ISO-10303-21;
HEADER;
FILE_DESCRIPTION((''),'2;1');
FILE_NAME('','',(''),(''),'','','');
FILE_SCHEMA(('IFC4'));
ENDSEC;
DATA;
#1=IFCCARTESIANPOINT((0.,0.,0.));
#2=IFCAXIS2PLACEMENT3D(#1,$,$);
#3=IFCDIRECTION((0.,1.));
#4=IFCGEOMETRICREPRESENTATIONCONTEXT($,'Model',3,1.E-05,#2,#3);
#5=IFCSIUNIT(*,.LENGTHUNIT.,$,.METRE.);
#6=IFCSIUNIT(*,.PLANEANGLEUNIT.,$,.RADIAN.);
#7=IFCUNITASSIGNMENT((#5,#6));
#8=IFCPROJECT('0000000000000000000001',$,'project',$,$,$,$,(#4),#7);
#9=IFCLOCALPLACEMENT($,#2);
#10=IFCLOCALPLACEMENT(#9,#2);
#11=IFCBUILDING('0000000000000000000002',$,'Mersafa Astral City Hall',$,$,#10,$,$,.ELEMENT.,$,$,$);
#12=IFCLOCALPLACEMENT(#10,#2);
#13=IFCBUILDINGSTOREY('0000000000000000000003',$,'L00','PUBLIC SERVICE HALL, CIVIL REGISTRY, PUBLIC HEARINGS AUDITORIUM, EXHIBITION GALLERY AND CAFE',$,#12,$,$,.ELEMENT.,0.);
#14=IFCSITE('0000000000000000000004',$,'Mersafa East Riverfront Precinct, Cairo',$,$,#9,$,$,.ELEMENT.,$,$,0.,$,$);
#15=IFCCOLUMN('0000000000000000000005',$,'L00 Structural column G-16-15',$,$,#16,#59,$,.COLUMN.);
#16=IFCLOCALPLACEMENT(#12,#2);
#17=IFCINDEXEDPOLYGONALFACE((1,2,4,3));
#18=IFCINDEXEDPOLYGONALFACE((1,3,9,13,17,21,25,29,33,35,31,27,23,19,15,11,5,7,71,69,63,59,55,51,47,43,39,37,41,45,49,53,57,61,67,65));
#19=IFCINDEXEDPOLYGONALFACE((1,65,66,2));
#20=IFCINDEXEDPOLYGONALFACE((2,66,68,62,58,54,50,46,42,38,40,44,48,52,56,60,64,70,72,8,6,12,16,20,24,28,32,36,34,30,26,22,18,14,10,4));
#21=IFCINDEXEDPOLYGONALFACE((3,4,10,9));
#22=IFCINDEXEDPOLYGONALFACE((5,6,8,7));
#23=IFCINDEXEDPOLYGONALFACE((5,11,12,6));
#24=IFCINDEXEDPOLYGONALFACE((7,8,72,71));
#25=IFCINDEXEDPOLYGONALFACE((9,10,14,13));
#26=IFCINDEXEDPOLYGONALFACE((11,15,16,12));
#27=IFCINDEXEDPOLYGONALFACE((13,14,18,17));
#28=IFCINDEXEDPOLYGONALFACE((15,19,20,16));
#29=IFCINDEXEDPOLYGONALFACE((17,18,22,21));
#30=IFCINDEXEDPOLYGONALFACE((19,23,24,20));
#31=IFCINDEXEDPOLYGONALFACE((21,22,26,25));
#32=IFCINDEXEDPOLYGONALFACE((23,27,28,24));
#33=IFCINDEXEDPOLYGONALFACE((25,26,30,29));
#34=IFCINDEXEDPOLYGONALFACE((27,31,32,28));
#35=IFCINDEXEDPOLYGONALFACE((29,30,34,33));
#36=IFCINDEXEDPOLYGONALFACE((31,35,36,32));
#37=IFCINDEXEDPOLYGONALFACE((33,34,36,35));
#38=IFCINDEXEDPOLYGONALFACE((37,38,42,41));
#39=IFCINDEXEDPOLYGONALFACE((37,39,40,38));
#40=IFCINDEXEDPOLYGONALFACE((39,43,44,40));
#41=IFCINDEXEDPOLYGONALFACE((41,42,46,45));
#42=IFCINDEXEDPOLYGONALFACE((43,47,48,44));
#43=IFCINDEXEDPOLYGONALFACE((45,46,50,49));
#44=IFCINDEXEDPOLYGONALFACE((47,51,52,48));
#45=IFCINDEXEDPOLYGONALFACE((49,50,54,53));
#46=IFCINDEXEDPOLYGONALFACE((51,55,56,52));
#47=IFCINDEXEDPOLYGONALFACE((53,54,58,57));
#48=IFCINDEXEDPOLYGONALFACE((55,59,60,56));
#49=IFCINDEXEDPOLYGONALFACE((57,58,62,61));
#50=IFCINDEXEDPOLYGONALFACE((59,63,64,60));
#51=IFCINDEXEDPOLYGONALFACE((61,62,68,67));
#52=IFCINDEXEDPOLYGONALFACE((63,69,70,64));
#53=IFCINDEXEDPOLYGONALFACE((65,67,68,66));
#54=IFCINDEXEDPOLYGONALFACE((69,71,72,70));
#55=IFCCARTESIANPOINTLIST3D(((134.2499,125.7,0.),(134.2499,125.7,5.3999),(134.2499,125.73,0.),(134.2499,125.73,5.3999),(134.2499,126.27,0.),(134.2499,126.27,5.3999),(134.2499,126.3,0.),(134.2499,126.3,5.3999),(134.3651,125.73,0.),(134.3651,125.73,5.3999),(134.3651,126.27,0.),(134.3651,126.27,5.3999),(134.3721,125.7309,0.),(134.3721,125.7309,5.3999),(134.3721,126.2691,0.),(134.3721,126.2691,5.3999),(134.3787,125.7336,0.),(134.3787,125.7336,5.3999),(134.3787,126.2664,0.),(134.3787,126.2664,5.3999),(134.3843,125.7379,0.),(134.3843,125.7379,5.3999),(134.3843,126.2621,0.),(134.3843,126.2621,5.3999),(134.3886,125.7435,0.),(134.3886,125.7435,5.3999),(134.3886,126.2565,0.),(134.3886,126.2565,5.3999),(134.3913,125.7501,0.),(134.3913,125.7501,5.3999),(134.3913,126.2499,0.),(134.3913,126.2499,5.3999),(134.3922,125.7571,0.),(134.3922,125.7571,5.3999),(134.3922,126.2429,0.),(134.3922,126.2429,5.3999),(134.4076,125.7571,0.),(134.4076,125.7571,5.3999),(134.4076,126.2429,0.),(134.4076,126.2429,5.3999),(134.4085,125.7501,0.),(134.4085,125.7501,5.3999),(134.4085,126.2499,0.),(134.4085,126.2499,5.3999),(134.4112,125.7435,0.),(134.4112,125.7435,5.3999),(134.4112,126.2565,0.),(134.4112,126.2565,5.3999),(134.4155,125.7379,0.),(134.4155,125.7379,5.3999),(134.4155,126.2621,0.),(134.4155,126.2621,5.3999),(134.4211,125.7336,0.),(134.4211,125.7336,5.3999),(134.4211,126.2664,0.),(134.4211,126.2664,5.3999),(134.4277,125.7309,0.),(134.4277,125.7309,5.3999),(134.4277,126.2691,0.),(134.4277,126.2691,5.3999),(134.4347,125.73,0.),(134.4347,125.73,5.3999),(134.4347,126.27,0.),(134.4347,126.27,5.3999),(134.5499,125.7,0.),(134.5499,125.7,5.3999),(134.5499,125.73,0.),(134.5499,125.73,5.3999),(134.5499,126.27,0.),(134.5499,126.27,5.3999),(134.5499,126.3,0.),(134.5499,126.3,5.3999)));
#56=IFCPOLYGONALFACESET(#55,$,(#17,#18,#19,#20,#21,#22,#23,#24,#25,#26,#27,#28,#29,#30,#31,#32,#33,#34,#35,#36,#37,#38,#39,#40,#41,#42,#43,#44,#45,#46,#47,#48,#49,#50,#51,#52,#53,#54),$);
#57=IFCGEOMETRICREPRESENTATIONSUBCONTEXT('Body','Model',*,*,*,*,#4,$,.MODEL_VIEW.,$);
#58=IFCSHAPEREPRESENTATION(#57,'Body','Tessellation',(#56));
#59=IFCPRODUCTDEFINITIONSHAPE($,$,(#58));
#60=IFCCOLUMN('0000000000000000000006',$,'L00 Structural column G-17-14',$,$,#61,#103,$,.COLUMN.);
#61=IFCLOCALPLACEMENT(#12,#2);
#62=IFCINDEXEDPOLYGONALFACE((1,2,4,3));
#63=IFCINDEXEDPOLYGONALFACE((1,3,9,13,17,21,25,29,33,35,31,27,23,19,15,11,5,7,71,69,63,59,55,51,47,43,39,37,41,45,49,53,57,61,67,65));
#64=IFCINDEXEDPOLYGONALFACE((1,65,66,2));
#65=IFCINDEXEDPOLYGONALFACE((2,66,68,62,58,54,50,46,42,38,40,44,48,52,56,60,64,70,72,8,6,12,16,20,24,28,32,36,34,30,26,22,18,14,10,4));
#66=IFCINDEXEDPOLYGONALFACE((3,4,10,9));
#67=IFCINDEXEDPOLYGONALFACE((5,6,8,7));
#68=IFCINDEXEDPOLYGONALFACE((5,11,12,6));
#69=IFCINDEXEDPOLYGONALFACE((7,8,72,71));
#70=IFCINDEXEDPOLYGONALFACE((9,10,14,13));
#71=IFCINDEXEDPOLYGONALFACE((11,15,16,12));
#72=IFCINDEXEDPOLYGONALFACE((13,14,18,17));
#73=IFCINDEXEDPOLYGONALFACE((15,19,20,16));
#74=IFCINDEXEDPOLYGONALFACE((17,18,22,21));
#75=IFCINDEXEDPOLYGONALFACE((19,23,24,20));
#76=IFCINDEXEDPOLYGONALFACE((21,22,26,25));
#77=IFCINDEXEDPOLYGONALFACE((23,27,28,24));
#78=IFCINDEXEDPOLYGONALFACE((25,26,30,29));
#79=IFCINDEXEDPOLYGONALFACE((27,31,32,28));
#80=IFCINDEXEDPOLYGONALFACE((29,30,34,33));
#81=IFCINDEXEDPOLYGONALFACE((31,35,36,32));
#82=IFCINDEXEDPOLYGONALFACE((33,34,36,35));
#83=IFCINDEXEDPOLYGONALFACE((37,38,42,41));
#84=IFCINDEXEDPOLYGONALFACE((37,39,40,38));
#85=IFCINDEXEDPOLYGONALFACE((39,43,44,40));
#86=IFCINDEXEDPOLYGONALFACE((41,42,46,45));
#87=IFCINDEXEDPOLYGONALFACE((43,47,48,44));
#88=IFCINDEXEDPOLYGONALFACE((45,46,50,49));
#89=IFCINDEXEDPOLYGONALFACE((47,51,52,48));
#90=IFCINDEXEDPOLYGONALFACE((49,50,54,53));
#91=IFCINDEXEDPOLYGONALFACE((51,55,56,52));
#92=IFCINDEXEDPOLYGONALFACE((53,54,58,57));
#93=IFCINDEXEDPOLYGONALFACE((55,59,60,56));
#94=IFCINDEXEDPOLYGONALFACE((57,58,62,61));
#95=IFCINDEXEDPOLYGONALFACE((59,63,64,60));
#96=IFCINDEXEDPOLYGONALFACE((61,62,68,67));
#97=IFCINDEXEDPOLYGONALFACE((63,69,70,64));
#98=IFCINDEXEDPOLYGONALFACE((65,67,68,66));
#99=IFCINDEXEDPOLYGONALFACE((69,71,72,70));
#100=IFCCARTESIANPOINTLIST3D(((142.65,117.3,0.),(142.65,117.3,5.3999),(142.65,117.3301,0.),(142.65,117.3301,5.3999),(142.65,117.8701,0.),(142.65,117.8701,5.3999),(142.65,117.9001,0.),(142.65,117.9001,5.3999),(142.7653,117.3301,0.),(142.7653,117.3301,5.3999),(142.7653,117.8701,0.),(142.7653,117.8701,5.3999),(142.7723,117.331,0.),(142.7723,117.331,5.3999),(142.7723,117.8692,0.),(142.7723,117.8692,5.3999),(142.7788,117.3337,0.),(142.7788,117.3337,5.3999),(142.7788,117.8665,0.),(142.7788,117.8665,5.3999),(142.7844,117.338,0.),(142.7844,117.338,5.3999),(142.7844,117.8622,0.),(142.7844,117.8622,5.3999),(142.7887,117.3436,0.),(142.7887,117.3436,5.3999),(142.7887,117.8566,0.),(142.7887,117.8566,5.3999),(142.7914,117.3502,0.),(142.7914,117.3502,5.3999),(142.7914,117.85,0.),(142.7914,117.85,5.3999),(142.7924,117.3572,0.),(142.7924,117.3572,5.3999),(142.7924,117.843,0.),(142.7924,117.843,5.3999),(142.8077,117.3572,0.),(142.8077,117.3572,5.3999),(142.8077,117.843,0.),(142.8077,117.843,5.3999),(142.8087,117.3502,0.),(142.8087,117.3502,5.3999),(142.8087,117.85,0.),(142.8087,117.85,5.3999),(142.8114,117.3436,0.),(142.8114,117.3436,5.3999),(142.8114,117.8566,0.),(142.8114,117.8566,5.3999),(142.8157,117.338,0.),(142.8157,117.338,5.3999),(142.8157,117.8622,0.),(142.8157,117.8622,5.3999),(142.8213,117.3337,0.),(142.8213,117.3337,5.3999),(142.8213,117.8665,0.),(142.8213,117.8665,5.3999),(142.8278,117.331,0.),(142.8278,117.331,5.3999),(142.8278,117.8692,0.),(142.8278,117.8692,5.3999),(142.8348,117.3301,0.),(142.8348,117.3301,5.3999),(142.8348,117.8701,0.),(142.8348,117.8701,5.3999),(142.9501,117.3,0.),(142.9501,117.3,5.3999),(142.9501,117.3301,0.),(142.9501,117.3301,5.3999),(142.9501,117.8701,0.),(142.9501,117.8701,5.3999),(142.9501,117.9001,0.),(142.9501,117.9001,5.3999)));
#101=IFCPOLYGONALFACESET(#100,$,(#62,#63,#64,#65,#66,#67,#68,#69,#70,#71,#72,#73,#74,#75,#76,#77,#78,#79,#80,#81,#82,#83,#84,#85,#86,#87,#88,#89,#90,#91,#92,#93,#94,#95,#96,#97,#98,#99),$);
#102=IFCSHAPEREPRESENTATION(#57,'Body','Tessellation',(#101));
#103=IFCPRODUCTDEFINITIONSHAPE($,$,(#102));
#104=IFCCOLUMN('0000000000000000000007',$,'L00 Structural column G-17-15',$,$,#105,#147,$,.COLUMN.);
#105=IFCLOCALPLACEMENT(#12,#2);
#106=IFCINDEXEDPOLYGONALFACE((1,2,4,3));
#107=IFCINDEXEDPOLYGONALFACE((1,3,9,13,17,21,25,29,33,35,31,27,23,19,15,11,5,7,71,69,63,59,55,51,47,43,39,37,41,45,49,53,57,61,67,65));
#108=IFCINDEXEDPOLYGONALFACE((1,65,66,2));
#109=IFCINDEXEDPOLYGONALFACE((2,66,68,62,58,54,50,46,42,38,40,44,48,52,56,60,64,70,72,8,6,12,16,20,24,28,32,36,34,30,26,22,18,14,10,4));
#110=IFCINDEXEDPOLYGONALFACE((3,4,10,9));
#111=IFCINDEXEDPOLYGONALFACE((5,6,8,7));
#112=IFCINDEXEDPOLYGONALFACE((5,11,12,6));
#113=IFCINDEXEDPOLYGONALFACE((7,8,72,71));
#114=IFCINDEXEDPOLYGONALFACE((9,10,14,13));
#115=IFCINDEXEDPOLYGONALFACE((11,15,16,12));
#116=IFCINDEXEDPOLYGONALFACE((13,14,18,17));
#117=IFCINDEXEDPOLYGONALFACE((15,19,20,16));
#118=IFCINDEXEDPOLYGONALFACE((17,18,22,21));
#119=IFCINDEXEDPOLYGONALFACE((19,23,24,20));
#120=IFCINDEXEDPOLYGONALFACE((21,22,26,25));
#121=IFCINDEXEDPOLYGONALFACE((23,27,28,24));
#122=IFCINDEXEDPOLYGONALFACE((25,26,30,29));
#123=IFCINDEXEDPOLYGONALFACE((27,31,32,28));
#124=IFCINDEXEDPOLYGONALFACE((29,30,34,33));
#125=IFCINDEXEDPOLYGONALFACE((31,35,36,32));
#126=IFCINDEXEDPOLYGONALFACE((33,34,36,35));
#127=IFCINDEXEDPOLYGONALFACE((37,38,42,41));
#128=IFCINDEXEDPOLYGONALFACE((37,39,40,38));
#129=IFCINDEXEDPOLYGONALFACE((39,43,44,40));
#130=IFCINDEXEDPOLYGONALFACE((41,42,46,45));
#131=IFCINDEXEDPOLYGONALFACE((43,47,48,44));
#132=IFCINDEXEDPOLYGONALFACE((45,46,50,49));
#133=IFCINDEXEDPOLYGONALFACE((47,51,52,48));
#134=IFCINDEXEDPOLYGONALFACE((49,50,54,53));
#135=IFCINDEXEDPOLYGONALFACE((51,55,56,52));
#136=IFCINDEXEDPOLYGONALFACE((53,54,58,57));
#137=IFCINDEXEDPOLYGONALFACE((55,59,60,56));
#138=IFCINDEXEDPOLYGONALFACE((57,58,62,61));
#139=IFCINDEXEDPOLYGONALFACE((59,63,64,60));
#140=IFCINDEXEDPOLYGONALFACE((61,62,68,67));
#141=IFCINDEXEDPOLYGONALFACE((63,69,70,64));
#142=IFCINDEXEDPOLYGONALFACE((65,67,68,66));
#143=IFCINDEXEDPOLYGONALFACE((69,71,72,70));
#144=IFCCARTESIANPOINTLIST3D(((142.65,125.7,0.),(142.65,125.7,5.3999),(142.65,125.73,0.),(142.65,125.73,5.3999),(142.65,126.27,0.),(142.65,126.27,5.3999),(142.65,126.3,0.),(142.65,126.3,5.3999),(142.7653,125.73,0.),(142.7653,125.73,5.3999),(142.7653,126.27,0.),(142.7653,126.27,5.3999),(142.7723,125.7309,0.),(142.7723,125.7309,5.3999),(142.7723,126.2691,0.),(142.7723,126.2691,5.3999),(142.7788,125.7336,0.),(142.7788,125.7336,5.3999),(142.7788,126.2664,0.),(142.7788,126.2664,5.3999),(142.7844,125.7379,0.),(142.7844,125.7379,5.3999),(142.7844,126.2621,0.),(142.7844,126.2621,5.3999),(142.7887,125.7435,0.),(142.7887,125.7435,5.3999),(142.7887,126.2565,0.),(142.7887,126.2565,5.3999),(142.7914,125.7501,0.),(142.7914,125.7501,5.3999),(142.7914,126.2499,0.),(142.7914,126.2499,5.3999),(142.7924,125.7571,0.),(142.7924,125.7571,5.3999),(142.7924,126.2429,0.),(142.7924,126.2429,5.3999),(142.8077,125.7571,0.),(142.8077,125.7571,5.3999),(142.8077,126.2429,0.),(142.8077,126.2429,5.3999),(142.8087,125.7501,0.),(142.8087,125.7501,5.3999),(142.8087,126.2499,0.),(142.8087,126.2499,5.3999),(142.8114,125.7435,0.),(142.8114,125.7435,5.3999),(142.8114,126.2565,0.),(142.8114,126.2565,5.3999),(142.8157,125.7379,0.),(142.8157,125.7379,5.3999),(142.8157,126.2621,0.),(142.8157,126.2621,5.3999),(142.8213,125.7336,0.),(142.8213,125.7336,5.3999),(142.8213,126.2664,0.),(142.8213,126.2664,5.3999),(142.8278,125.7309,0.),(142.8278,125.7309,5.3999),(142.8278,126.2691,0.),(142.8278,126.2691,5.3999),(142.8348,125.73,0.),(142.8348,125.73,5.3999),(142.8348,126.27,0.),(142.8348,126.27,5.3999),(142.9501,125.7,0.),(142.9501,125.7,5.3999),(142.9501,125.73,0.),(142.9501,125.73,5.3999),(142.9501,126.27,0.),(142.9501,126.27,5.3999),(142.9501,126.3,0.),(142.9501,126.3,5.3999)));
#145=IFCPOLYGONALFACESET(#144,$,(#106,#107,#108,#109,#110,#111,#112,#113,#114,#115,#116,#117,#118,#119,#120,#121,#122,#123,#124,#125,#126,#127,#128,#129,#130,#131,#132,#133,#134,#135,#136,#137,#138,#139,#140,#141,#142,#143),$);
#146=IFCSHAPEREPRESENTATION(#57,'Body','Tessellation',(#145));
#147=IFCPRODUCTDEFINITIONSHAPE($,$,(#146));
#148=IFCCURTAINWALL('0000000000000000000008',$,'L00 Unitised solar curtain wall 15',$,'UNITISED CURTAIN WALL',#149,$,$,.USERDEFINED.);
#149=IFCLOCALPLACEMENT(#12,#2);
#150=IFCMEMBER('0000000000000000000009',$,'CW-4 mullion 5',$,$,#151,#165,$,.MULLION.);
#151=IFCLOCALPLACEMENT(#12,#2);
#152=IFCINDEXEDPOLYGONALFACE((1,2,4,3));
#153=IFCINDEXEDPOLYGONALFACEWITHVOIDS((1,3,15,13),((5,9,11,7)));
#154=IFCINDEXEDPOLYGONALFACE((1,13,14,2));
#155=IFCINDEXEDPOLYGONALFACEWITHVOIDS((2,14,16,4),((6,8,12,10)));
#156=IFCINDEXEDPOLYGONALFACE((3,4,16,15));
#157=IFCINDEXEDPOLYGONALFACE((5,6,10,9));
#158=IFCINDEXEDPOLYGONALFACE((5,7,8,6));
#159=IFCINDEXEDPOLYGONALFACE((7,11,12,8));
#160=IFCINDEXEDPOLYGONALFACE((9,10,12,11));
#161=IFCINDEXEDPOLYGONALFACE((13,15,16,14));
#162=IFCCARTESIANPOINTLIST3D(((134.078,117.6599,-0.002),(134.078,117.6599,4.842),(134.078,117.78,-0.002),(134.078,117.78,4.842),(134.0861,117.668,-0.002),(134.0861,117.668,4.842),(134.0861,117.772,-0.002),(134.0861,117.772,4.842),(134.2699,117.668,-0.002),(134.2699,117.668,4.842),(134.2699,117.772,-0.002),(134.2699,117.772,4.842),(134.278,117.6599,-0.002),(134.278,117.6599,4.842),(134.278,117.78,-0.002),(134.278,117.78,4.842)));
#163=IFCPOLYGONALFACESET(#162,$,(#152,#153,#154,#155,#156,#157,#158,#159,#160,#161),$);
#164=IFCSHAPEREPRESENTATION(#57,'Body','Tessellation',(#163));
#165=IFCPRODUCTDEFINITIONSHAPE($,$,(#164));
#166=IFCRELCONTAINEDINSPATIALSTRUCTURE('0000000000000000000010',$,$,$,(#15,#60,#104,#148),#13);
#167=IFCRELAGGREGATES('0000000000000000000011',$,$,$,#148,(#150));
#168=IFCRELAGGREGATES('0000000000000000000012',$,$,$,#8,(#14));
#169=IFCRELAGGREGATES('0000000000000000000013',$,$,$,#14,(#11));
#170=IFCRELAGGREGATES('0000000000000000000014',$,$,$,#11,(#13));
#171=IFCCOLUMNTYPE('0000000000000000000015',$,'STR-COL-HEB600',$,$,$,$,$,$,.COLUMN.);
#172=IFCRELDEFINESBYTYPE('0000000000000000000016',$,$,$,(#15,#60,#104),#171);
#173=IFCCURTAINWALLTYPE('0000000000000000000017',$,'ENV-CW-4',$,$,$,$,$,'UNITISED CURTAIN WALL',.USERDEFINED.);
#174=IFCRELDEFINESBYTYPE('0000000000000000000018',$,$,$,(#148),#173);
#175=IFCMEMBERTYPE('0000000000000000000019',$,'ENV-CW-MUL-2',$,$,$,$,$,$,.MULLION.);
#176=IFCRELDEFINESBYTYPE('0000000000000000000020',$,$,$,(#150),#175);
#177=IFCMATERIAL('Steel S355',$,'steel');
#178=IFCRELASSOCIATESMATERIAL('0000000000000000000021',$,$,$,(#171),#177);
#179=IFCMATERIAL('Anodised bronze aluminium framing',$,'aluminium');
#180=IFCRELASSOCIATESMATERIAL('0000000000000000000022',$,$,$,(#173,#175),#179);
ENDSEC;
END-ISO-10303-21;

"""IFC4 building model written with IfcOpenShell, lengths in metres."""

from ifc_helpers import new_model, si_unit, direction, frame, origin, origin_2d, place, context, subcontext, project, spatial, hollow_rectangle, i_section, extrude, material, material_profile, profile_set, type_object, element, aggregate, save


model = new_model("IFC4")

# Units and contexts
model_context = context("Model", 3, precision=1e-05, world=origin(), true_north=direction((0.0, 1.0)))
body_context = subcontext(model_context, "Body", "Model", "MODEL_VIEW")
ifc_project = project(units=[si_unit("LENGTHUNIT", "METRE"), si_unit("PLANEANGLEUNIT", "RADIAN")], contexts=[model_context])

# Site, building, storey
site_placement = place(None, origin())
site = spatial("IfcSite", under=ifc_project, at=site_placement, Name="Mersafa East Riverfront Precinct, Cairo", CompositionType="ELEMENT", RefElevation=0.0)
building_placement = place(site_placement, origin())
building = spatial("IfcBuilding", under=site, at=building_placement, Name="Mersafa Astral City Hall", CompositionType="ELEMENT")
storey_placement = place(building_placement, origin())
storey = spatial("IfcBuildingStorey", under=building, at=storey_placement, Name="L00", Description="PUBLIC SERVICE HALL, CIVIL REGISTRY, PUBLIC HEARINGS AUDITORIUM, EXHIBITION GALLERY AND CAFE", CompositionType="ELEMENT", Elevation=0.0)

# Columns
ifc_material_1 = material(Name="Steel S355", Category="steel")
ifc_material_profile_1 = material_profile(ifc_material_1, i_section(OverallWidth=0.3, OverallDepth=0.6001, WebThickness=0.0154, FlangeThickness=0.03, FilletRadius=0.0271, at=origin_2d()), Name="HEB 600")
ifc_profile_set_1 = profile_set([ifc_material_profile_1], Name="Steel S355")
column_type = type_object("IfcColumnType", Name="STR-COL-HEB600", PredefinedType="COLUMN", material=ifc_profile_set_1)
for number, where, z_axis, x_axis, name in (
    (1, (134.3999, 126.0, 0.0), (0.0, 0.0, 1.0), (1.0, 0.0, 0.0), "L00 Structural column G-16-15"),
    (2, (142.8, 117.6001, 0.0), (0.0, 0.0, 1.0), (1.0, 0.0, 0.0), "L00 Structural column G-17-14"),
    (3, (142.8, 126.0, 0.0), (0.0, 0.0, 1.0), (1.0, 0.0, 0.0), "L00 Structural column G-17-15"),
):
    element("IfcColumn", number, at=place(storey_placement, frame(where, z_axis=z_axis, x_axis=x_axis)), inside=storey, type_object=column_type, Name=name, PredefinedType="COLUMN", context=body_context, shape_type="SweptSolid", body=[
        extrude(i_section(OverallWidth=0.3, OverallDepth=0.6001, WebThickness=0.0154, FlangeThickness=0.03, FilletRadius=0.0271, at=origin_2d()), origin(), (0.0, 0.0, 1.0), 5.3999),
    ])

# Curtain wall, member
ifc_material_2 = material(Name="Anodised bronze aluminium framing", Category="aluminium")
curtain_wall_type = type_object("IfcCurtainWallType", Name="ENV-CW-4", ElementType="UNITISED CURTAIN WALL", PredefinedType="USERDEFINED", material=ifc_material_2)
curtain_wall_placement = place(storey_placement, origin())
curtain_wall = element("IfcCurtainWall", 4, at=curtain_wall_placement, inside=storey, type_object=curtain_wall_type, Name="L00 Unitised solar curtain wall 15", ObjectType="UNITISED CURTAIN WALL", PredefinedType="USERDEFINED")
ifc_material_profile_2 = material_profile(ifc_material_2, hollow_rectangle(XDim=0.1201, YDim=0.2, WallThickness=0.0081, at=origin_2d()), Name="RHS 120x200x8")
ifc_profile_set_2 = profile_set([ifc_material_profile_2], Name="Anodised bronze aluminium framing")
member_type_1 = type_object("IfcMemberType", Name="ENV-CW-MUL-2", PredefinedType="MULLION", material=ifc_profile_set_2)
member_placement = place(storey_placement, frame((134.178, 117.72, -0.002), z_axis=(0.0, 0.0, 1.0), x_axis=(0.0, 1.0, 0.0)))
member = element("IfcMember", 5, at=member_placement, type_object=member_type_1, Name="CW-4 mullion 5", PredefinedType="MULLION", context=body_context, shape_type="SweptSolid", body=[
    extrude(hollow_rectangle(XDim=0.1201, YDim=0.2, WallThickness=0.0081, at=origin_2d()), origin(), (0.0, 0.0, 1.0), 4.844),
])

aggregate(curtain_wall, [member])

save(model, "model.ifc")
